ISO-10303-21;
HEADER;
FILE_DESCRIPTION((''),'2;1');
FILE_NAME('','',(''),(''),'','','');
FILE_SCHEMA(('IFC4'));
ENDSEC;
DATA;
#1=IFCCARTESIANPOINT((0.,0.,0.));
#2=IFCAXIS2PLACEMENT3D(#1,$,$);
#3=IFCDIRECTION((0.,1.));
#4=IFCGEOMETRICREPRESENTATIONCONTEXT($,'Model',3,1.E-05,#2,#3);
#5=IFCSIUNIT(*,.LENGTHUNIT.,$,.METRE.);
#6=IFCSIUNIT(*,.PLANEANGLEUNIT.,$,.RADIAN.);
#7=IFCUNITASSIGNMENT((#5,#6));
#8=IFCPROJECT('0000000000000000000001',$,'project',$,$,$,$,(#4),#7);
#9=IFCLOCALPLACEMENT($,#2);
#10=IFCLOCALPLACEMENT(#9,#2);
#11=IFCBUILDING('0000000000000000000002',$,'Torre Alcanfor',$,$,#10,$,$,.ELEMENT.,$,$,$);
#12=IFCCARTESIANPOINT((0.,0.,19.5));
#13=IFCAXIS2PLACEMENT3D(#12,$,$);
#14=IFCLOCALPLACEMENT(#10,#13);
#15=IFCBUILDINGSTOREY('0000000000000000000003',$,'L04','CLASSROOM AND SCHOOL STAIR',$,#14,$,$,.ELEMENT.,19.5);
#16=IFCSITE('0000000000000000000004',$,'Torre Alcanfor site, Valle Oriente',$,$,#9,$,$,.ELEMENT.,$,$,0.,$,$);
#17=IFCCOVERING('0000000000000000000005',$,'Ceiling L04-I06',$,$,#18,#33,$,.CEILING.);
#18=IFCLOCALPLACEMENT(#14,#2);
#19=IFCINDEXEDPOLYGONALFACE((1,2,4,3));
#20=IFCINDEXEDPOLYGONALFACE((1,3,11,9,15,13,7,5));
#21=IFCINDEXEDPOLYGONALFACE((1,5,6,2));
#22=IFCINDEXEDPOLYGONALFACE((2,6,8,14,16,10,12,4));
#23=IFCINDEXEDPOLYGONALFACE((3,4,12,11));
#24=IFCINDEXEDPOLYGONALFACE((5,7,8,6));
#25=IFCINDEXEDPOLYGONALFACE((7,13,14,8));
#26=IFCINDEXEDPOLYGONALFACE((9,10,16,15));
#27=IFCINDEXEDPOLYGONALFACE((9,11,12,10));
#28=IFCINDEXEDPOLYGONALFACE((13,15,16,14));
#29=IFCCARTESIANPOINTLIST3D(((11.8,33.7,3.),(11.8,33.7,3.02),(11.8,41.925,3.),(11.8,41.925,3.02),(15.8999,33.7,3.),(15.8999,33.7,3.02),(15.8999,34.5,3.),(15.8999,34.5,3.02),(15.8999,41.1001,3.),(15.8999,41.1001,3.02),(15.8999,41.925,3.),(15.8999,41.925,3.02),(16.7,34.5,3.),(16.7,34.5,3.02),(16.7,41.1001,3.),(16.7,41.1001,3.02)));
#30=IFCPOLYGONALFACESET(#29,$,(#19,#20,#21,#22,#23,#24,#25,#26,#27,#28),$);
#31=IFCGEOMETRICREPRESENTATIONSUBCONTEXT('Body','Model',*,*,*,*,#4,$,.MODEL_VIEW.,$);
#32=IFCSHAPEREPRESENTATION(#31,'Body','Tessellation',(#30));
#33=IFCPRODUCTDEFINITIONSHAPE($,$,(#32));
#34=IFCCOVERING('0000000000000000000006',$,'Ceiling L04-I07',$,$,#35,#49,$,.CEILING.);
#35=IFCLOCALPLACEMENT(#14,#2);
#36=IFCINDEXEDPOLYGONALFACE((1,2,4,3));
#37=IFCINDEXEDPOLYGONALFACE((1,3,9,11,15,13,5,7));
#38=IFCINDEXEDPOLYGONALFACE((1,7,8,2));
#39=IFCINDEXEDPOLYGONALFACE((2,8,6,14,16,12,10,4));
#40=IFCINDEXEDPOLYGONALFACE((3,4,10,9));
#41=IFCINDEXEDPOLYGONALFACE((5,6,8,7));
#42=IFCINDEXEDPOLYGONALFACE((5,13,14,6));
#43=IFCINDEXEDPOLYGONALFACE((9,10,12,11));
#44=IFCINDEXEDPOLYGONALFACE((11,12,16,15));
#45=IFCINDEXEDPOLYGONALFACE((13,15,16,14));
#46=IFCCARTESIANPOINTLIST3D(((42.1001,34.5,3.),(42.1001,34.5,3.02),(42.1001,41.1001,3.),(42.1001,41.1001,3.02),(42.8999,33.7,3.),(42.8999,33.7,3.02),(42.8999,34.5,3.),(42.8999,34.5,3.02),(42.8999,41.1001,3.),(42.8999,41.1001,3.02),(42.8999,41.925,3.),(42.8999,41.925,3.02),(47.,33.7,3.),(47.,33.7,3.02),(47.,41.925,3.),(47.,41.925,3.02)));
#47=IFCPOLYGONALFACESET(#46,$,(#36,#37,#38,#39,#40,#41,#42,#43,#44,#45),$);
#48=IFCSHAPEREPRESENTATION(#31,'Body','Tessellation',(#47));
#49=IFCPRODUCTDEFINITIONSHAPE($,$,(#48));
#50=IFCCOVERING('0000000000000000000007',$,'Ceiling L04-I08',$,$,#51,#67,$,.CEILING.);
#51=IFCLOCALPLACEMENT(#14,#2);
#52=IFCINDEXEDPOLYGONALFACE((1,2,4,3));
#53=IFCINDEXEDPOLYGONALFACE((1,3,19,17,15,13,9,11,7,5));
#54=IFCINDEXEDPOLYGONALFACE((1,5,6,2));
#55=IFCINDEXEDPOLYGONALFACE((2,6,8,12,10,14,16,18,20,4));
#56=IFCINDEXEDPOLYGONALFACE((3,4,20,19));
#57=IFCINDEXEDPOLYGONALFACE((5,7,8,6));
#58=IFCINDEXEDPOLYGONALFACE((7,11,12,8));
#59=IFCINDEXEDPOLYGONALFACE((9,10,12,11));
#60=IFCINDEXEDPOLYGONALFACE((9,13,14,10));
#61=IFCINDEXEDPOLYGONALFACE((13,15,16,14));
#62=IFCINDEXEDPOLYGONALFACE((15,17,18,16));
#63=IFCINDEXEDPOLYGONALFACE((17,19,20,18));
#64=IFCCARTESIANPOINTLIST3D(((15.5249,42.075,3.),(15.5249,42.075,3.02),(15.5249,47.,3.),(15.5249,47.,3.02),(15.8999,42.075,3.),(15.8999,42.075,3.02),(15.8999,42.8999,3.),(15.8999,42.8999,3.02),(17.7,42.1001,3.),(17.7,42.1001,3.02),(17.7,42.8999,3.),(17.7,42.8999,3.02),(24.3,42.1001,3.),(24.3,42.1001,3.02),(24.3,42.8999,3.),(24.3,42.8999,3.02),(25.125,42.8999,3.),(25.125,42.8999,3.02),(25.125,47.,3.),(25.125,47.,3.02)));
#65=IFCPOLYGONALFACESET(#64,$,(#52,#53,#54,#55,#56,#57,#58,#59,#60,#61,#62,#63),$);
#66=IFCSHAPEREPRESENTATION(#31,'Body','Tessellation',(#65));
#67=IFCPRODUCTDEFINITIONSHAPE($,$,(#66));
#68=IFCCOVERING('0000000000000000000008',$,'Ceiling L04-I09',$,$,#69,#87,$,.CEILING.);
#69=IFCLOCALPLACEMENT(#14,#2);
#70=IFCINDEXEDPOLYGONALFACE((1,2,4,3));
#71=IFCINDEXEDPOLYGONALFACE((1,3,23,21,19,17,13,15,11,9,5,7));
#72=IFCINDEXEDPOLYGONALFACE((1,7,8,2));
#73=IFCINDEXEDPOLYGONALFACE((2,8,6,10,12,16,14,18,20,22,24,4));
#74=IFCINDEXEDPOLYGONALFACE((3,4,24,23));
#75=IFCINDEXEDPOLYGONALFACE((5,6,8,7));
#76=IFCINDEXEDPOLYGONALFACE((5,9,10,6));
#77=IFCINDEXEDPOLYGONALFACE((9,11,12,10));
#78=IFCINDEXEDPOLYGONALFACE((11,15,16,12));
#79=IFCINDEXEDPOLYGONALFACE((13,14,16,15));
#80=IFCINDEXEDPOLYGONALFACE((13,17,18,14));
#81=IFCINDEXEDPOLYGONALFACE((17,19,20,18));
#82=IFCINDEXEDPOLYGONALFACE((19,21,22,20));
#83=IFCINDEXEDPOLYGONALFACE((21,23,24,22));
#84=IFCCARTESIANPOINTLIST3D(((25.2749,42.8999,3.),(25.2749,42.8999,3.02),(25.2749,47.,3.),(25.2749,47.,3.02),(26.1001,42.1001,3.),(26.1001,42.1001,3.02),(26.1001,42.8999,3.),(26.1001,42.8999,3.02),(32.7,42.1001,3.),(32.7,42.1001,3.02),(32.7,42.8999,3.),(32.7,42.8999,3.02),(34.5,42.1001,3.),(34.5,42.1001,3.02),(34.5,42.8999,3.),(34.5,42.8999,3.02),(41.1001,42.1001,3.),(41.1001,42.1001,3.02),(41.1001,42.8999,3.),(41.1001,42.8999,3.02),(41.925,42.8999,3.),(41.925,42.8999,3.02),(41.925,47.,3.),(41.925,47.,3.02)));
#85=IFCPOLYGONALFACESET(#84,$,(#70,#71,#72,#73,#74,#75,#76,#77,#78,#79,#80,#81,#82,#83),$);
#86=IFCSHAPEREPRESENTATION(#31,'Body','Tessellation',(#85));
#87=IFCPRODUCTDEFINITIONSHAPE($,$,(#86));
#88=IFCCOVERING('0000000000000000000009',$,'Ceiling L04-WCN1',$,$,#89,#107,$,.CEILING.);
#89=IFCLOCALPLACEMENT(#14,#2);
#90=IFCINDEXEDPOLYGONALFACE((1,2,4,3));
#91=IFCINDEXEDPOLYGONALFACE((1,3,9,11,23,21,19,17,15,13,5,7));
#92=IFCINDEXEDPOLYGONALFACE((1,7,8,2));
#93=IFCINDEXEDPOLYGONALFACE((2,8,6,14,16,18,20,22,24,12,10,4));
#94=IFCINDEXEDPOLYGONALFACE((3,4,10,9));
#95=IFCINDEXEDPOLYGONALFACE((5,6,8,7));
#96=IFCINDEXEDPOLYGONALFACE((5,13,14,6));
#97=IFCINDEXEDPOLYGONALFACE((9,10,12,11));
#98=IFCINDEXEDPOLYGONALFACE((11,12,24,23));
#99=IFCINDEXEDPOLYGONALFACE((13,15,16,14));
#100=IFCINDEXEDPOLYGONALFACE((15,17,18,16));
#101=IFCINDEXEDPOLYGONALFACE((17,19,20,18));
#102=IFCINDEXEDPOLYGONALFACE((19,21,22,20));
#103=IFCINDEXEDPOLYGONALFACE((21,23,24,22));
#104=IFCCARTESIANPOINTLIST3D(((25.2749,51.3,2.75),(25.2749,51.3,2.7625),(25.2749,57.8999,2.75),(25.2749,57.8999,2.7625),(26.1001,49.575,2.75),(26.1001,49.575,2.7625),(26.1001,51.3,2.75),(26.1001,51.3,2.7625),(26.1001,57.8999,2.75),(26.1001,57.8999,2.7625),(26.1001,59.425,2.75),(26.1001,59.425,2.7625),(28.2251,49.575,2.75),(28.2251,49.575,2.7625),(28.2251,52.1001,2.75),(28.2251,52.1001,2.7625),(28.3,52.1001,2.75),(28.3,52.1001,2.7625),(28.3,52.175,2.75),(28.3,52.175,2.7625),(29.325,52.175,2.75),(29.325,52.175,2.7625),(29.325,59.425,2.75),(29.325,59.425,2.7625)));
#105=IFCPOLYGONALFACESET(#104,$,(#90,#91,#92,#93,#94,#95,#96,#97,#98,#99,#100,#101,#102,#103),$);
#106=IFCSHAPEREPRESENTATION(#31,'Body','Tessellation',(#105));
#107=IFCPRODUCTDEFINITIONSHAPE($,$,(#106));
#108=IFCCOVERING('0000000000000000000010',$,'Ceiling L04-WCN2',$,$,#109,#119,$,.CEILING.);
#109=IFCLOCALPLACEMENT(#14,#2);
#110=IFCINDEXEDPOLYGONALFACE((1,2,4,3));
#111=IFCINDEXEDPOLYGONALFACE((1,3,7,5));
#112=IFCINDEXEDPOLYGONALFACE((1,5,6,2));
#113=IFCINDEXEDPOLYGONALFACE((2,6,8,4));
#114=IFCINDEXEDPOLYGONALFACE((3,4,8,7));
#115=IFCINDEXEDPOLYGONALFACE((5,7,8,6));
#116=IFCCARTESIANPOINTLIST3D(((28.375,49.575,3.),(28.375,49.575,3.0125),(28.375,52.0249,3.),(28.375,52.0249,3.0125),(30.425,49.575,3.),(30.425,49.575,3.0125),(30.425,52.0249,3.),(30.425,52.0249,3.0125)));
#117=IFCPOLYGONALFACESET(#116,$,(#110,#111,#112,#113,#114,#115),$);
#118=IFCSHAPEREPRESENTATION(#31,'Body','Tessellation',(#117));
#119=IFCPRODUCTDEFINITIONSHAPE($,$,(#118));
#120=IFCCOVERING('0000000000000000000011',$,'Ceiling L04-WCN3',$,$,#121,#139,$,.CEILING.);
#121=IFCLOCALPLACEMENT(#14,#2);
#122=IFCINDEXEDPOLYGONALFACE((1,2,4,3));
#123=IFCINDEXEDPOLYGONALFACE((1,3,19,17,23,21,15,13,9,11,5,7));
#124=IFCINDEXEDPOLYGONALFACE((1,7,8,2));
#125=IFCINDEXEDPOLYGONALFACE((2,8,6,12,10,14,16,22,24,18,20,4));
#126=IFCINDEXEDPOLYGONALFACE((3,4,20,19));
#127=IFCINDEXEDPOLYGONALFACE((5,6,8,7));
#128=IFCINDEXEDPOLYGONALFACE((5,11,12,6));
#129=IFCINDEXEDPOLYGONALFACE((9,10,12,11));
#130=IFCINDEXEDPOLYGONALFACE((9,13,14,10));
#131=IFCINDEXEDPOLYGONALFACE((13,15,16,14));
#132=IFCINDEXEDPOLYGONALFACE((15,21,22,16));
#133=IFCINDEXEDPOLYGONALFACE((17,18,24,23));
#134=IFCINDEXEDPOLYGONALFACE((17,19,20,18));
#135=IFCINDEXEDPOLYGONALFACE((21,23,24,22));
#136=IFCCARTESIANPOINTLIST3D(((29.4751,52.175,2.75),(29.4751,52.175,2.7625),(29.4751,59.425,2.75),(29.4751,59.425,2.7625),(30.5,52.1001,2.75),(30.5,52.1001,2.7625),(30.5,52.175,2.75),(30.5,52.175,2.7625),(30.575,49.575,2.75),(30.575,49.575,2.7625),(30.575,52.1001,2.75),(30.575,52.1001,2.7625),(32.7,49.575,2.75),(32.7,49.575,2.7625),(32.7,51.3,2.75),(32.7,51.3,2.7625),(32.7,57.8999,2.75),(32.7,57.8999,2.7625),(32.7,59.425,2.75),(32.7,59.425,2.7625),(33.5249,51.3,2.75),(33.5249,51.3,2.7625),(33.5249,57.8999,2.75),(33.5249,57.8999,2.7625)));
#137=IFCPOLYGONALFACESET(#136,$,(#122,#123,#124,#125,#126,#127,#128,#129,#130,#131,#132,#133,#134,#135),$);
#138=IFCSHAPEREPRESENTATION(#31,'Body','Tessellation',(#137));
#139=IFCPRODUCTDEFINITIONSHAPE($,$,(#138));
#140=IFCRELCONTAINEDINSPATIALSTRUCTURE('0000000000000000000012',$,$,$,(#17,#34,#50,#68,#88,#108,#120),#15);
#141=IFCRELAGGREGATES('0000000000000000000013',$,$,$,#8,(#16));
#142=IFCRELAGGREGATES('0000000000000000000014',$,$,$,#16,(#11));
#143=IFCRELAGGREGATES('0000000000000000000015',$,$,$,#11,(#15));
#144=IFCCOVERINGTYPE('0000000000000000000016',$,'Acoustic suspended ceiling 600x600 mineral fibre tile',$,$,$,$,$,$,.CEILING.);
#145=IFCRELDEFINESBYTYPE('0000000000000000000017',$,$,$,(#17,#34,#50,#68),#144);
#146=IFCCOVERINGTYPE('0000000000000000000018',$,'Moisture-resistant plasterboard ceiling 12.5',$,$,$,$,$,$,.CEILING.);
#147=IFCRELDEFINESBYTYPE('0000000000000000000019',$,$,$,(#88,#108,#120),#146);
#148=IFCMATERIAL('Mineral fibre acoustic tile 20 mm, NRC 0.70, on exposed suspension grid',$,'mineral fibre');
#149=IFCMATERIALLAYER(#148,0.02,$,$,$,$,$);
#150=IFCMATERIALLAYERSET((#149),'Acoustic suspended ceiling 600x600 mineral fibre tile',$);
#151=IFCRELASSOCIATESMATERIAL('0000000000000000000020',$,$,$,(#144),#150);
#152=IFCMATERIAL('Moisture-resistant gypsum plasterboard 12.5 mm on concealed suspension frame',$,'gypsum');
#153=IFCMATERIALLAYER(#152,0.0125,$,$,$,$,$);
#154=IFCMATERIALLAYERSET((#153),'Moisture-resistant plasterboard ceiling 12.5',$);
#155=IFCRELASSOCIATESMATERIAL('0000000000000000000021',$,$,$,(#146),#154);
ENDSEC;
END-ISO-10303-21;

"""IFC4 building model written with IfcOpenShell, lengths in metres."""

from ifc_helpers import new_model, si_unit, direction, frame, origin, place, context, subcontext, project, spatial, polyline, outline, extrude, material, layer, layer_set, type_object, element, save


model = new_model("IFC4")

# Units and contexts
model_context = context("Model", 3, precision=1e-05, world=origin(), true_north=direction((0.0, 1.0)))
body_context = subcontext(model_context, "Body", "Model", "MODEL_VIEW")
ifc_project = project(units=[si_unit("LENGTHUNIT", "METRE"), si_unit("PLANEANGLEUNIT", "RADIAN")], contexts=[model_context])

# Site, building, storey
site_placement = place(None, origin())
site = spatial("IfcSite", under=ifc_project, at=site_placement, Name="Torre Alcanfor site, Valle Oriente", CompositionType="ELEMENT", RefElevation=0.0)
building_placement = place(site_placement, origin())
building = spatial("IfcBuilding", under=site, at=building_placement, Name="Torre Alcanfor", CompositionType="ELEMENT")
storey_placement = place(building_placement, frame((0.0, 0.0, 19.5)))
storey = spatial("IfcBuildingStorey", under=building, at=storey_placement, Name="L04", Description="CLASSROOM AND SCHOOL STAIR", CompositionType="ELEMENT", Elevation=19.5)

# Coverings
ifc_material_1 = material(Name="Mineral fibre acoustic tile 20 mm, NRC 0.70, on exposed suspension grid", Category="mineral fibre")
ifc_layer_1 = layer(ifc_material_1, 0.02)
ifc_layer_set_1 = layer_set([ifc_layer_1], Name="Acoustic suspended ceiling 600x600 mineral fibre tile")
covering_type_1 = type_object("IfcCoveringType", Name="Acoustic suspended ceiling 600x600 mineral fibre tile", PredefinedType="CEILING", material=ifc_layer_set_1)
covering_1_placement = place(storey_placement, frame((0.0, 0.0, 3.0)))
element("IfcCovering", 1, at=covering_1_placement, inside=storey, type_object=covering_type_1, Name="Ceiling L04-I06", PredefinedType="CEILING", context=body_context, shape_type="SweptSolid", body=[
    extrude(outline(polyline([(15.8999, 33.7), (15.8999, 34.5), (16.7, 34.5), (16.7, 41.1001), (15.8999, 41.1001), (15.8999, 41.925), (11.8, 41.925), (11.8, 33.7), (15.8999, 33.7)])), origin(), (0.0, 0.0, 1.0), 0.02),
])
covering_2_placement = place(storey_placement, frame((0.0, 0.0, 3.0)))
element("IfcCovering", 2, at=covering_2_placement, inside=storey, type_object=covering_type_1, Name="Ceiling L04-I07", PredefinedType="CEILING", context=body_context, shape_type="SweptSolid", body=[
    extrude(outline(polyline([(42.8999, 41.925), (42.8999, 41.1001), (42.1001, 41.1001), (42.1001, 34.5), (42.8999, 34.5), (42.8999, 33.7), (47.0, 33.7), (47.0, 41.925), (42.8999, 41.925)])), origin(), (0.0, 0.0, 1.0), 0.02),
])
covering_3_placement = place(storey_placement, frame((0.0, 0.0, 3.0)))
element("IfcCovering", 3, at=covering_3_placement, inside=storey, type_object=covering_type_1, Name="Ceiling L04-I08", PredefinedType="CEILING", context=body_context, shape_type="SweptSolid", body=[
    extrude(outline(polyline([(24.3, 42.1001), (24.3, 42.8999), (25.125, 42.8999), (25.125, 47.0), (15.5249, 47.0), (15.5249, 42.075), (15.8999, 42.075), (15.8999, 42.8999), (17.7, 42.8999), (17.7, 42.1001), (24.3, 42.1001)])), origin(), (0.0, 0.0, 1.0), 0.02),
])
covering_4_placement = place(storey_placement, frame((0.0, 0.0, 3.0)))
element("IfcCovering", 4, at=covering_4_placement, inside=storey, type_object=covering_type_1, Name="Ceiling L04-I09", PredefinedType="CEILING", context=body_context, shape_type="SweptSolid", body=[
    extrude(outline(polyline([(41.1001, 42.1001), (41.1001, 42.8999), (41.925, 42.8999), (41.925, 47.0), (25.2749, 47.0), (25.2749, 42.8999), (26.1001, 42.8999), (26.1001, 42.1001), (32.7, 42.1001), (32.7, 42.8999), (34.5, 42.8999), (34.5, 42.1001), (41.1001, 42.1001)])), origin(), (0.0, 0.0, 1.0), 0.02),
])
ifc_material_2 = material(Name="Moisture-resistant gypsum plasterboard 12.5 mm on concealed suspension frame", Category="gypsum")
ifc_layer_2 = layer(ifc_material_2, 0.0125)
ifc_layer_set_2 = layer_set([ifc_layer_2], Name="Moisture-resistant plasterboard ceiling 12.5")
covering_type_2 = type_object("IfcCoveringType", Name="Moisture-resistant plasterboard ceiling 12.5", PredefinedType="CEILING", material=ifc_layer_set_2)
covering_5_placement = place(storey_placement, frame((0.0, 0.0, 2.75)))
element("IfcCovering", 5, at=covering_5_placement, inside=storey, type_object=covering_type_2, Name="Ceiling L04-WCN1", PredefinedType="CEILING", context=body_context, shape_type="SweptSolid", body=[
    extrude(outline(polyline([(25.2749, 51.3), (26.1001, 51.3), (26.1001, 49.575), (28.2251, 49.575), (28.2251, 52.1001), (28.3, 52.1001), (28.3, 52.175), (29.325, 52.175), (29.325, 59.425), (26.1001, 59.425), (26.1001, 57.8999), (25.2749, 57.8999), (25.2749, 51.3)])), origin(), (0.0, 0.0, 1.0), 0.0125),
])
covering_6_placement = place(storey_placement, frame((0.0, 0.0, 3.0)))
element("IfcCovering", 6, at=covering_6_placement, inside=storey, type_object=covering_type_2, Name="Ceiling L04-WCN2", PredefinedType="CEILING", context=body_context, shape_type="SweptSolid", body=[
    extrude(outline(polyline([(30.425, 52.0249), (28.375, 52.0249), (28.375, 49.575), (30.425, 49.575), (30.425, 52.0249)])), origin(), (0.0, 0.0, 1.0), 0.0125),
])
covering_7_placement = place(storey_placement, frame((0.0, 0.0, 2.75)))
element("IfcCovering", 7, at=covering_7_placement, inside=storey, type_object=covering_type_2, Name="Ceiling L04-WCN3", PredefinedType="CEILING", context=body_context, shape_type="SweptSolid", body=[
    extrude(outline(polyline([(33.5249, 57.8999), (32.7, 57.8999), (32.7, 59.425), (29.4751, 59.425), (29.4751, 52.175), (30.5, 52.175), (30.5, 52.1001), (30.575, 52.1001), (30.575, 49.575), (32.7, 49.575), (32.7, 51.3), (33.5249, 51.3), (33.5249, 57.8999)])), origin(), (0.0, 0.0, 1.0), 0.0125),
])

save(model, "model.ifc")
